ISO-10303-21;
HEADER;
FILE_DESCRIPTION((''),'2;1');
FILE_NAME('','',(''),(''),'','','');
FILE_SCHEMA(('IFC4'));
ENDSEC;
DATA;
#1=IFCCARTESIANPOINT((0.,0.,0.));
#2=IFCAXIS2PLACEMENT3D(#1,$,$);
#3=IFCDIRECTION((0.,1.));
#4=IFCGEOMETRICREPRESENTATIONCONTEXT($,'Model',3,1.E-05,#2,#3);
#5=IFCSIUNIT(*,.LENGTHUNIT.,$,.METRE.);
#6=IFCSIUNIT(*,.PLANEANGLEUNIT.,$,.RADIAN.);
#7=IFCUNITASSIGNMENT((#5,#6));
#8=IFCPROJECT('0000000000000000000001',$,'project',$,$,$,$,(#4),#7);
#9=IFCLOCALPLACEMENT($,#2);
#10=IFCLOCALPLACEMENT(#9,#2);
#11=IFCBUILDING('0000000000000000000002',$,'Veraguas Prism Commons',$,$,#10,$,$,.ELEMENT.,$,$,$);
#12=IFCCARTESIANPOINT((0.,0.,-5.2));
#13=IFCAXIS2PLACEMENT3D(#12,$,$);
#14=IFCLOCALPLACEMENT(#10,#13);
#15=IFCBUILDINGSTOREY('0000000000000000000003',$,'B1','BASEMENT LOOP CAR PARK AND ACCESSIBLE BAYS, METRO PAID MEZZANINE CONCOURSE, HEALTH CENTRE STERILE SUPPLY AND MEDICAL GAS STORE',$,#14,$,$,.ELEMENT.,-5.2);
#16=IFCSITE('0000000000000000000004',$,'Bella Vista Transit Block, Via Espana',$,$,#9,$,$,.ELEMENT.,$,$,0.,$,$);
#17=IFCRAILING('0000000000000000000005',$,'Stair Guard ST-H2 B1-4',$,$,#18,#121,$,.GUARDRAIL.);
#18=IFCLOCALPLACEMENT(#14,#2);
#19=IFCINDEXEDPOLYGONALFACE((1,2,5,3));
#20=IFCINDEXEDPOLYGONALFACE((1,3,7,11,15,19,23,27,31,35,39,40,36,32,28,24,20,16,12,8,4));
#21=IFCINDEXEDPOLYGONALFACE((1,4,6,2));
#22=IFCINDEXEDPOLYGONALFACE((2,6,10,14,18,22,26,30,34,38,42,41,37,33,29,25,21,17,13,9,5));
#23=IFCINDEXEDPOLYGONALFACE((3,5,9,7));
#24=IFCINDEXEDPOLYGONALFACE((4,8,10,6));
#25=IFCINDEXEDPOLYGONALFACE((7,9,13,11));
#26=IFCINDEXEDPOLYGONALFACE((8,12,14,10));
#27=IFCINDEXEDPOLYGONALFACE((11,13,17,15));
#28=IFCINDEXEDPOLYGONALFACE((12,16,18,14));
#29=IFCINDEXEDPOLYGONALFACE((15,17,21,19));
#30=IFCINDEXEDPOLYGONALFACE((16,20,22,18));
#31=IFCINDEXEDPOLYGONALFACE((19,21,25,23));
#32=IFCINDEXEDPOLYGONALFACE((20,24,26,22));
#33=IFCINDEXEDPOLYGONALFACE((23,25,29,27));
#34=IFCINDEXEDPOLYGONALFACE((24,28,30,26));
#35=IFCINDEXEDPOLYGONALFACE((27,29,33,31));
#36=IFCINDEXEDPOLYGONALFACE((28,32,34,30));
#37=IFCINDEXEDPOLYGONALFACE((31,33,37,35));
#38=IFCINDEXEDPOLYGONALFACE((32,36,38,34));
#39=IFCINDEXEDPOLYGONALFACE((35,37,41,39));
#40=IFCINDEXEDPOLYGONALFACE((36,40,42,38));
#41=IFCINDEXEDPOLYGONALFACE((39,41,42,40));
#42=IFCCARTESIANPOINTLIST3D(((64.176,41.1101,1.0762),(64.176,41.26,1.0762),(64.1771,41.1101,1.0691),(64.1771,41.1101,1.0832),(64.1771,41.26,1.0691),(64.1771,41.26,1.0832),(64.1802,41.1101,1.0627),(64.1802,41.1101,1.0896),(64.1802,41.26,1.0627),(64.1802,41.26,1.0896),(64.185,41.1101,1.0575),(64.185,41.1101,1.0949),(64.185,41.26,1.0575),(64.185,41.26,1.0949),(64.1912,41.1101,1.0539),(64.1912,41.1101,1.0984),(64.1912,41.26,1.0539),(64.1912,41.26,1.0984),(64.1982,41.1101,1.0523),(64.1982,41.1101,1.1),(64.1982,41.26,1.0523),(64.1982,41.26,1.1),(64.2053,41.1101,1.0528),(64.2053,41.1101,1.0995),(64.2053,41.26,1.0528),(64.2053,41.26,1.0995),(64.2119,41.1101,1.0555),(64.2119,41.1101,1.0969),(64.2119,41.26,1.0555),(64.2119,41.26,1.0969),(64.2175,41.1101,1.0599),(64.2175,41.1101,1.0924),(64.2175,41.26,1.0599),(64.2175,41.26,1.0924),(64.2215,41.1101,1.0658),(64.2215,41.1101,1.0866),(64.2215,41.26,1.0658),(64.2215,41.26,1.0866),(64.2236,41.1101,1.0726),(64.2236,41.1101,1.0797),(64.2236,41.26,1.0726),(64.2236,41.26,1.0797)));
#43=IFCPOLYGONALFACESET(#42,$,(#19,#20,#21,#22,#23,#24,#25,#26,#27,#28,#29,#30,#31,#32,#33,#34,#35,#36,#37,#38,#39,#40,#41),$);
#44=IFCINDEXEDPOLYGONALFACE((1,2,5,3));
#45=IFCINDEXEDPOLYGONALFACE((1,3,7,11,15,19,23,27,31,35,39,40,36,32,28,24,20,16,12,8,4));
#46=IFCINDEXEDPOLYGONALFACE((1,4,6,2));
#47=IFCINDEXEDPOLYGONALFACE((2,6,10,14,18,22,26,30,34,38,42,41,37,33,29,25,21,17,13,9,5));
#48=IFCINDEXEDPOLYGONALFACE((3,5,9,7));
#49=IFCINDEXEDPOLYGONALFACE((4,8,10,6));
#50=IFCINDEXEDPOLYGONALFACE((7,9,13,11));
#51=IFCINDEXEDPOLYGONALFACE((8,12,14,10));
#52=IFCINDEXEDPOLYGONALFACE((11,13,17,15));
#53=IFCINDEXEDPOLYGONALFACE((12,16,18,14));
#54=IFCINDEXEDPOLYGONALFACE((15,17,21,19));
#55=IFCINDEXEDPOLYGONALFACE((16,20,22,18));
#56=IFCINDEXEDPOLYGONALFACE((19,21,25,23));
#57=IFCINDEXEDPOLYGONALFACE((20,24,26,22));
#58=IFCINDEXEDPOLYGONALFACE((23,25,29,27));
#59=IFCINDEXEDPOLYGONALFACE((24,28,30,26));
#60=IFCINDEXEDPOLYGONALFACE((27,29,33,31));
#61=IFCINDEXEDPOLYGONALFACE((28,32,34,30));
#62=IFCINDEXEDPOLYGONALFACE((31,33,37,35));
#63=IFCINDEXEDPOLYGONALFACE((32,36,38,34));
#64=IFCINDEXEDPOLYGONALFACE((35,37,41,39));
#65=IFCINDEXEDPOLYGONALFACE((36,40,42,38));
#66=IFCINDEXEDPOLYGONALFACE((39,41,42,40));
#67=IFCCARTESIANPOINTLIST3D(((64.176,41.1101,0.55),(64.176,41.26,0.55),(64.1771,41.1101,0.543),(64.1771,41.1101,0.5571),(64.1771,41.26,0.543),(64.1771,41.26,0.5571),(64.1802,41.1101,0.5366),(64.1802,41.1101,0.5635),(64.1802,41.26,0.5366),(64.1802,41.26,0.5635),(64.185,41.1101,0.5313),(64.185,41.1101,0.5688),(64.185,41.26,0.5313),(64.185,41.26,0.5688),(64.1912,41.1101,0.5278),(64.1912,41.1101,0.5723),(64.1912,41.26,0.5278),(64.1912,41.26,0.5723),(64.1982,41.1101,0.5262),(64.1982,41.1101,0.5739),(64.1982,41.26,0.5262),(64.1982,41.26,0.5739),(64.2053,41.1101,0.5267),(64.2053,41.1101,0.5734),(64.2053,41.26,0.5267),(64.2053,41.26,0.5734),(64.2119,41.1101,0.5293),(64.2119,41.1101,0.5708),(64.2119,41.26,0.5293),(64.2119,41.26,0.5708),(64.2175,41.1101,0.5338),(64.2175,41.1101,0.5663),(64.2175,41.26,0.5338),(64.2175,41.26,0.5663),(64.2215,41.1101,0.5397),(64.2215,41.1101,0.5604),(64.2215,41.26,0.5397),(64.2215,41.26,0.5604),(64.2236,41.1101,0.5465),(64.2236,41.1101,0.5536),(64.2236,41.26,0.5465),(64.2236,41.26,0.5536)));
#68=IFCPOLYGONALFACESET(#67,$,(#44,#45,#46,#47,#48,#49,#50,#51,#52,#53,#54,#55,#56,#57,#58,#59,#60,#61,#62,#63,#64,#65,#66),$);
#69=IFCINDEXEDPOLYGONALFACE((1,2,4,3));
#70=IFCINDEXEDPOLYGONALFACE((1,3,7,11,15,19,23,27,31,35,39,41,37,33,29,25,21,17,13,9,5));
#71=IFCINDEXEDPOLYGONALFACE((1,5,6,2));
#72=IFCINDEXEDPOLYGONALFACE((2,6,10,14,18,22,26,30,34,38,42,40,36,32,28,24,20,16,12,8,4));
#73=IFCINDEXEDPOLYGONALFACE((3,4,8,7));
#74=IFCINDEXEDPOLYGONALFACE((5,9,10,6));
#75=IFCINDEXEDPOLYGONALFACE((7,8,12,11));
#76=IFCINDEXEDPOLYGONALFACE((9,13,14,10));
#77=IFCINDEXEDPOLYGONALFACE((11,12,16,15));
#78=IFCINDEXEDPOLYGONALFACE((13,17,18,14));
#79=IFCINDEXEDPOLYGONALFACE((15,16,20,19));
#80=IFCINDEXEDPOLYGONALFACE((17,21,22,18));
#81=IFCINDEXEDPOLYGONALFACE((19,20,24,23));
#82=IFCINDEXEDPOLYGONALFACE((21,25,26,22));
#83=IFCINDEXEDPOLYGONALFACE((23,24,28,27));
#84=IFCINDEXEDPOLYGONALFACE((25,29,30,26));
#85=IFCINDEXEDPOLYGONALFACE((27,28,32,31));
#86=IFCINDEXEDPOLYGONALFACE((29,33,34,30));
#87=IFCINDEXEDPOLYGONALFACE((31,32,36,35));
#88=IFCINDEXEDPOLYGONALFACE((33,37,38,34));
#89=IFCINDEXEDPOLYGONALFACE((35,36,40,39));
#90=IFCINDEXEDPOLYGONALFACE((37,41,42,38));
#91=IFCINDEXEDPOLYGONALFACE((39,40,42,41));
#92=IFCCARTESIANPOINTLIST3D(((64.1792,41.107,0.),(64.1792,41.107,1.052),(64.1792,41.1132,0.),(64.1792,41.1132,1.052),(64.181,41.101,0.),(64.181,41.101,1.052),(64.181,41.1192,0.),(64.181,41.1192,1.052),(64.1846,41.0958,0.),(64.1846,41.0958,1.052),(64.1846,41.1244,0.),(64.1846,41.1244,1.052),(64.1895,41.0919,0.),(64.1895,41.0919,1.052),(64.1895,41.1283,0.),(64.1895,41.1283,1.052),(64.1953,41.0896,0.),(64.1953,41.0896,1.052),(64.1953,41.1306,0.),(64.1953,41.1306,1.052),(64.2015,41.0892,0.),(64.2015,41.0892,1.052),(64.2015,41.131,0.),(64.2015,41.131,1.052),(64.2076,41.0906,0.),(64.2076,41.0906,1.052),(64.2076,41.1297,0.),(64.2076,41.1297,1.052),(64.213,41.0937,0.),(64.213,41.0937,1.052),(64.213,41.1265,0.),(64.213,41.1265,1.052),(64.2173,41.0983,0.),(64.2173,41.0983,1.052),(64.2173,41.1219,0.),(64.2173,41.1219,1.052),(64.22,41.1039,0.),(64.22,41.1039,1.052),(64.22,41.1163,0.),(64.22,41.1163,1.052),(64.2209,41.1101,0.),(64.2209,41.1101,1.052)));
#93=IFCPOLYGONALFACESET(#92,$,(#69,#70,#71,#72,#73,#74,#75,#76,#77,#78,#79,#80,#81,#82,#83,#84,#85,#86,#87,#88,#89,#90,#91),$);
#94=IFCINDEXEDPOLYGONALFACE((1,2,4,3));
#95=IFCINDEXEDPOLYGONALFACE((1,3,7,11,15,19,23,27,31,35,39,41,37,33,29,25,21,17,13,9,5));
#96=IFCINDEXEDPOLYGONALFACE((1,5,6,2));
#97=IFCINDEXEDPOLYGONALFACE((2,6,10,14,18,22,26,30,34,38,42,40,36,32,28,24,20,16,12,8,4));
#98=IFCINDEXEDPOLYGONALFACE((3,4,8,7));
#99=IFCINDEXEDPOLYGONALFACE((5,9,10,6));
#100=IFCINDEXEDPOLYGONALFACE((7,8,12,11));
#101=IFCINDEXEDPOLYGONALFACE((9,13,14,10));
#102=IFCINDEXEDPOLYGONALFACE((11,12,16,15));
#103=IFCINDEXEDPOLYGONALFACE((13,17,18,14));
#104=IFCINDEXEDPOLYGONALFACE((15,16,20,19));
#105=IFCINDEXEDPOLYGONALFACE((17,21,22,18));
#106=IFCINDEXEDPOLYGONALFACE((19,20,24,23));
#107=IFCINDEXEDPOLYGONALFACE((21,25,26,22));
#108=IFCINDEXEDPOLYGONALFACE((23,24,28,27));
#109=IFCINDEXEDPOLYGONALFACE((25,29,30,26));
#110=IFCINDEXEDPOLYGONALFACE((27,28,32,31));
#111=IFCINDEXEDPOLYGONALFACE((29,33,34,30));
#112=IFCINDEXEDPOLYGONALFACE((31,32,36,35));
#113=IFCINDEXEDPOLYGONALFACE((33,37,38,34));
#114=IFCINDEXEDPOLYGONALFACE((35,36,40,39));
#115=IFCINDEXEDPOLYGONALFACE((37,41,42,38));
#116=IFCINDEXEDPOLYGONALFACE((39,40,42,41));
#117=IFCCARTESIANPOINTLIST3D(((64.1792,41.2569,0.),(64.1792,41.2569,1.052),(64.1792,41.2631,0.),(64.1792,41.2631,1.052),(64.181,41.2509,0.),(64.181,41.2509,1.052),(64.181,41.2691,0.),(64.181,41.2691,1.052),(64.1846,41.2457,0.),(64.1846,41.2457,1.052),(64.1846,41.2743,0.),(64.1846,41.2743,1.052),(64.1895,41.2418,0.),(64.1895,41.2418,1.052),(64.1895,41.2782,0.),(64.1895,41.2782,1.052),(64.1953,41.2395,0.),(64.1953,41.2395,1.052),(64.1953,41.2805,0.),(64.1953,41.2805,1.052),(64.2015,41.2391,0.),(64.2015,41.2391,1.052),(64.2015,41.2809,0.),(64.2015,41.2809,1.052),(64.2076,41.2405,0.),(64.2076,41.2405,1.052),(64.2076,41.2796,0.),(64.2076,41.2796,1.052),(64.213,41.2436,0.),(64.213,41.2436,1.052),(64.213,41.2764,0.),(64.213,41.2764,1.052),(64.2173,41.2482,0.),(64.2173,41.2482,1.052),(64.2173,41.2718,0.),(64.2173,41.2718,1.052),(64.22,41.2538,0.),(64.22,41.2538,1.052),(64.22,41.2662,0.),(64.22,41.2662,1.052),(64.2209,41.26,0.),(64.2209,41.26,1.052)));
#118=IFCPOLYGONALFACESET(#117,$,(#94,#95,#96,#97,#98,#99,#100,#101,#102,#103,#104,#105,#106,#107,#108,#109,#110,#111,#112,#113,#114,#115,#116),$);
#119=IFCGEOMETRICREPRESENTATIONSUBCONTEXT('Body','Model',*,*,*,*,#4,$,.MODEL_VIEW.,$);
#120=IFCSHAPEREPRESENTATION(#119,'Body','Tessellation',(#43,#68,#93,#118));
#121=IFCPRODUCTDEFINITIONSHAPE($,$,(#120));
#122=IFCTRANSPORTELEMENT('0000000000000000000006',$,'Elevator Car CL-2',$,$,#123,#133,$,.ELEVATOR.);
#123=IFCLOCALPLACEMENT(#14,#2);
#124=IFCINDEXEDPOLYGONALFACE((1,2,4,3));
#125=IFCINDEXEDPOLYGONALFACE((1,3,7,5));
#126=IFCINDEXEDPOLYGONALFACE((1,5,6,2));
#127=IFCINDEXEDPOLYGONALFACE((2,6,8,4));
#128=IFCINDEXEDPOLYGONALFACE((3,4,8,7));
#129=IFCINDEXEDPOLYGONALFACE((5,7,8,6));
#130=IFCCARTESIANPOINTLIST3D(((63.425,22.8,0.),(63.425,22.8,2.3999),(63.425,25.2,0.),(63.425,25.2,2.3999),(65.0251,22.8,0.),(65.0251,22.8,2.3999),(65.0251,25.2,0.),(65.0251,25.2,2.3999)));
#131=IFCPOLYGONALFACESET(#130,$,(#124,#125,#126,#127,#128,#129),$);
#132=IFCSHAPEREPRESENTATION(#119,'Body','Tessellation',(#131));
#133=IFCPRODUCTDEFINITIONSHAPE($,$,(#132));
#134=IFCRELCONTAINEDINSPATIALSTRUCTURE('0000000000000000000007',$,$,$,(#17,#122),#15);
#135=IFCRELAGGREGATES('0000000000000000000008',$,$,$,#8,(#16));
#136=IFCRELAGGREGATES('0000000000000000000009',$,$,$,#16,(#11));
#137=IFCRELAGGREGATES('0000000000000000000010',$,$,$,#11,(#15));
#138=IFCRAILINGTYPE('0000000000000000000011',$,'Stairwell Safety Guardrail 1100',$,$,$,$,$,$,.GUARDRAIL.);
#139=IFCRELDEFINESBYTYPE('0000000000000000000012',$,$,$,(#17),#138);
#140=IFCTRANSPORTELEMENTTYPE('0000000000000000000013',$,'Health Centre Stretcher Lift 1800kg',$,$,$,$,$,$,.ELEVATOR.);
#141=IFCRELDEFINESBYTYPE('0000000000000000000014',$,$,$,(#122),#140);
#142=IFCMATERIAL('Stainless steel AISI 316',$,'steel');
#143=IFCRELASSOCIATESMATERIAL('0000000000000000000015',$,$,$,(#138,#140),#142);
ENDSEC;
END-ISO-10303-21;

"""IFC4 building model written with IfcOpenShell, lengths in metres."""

from ifc_helpers import new_model, si_unit, direction, frame, origin, origin_2d, place, context, subcontext, project, spatial, rectangle, circle, extrude, source, transform, mapped, material, type_object, element, save


model = new_model("IFC4")

# Units and contexts
model_context = context("Model", 3, precision=1e-05, world=origin(), true_north=direction((0.0, 1.0)))
body_context = subcontext(model_context, "Body", "Model", "MODEL_VIEW")
ifc_project = project(units=[si_unit("LENGTHUNIT", "METRE"), si_unit("PLANEANGLEUNIT", "RADIAN")], contexts=[model_context])

# Site, building, storey
site_placement = place(None, origin())
site = spatial("IfcSite", under=ifc_project, at=site_placement, Name="Bella Vista Transit Block, Via Espana", CompositionType="ELEMENT", RefElevation=0.0)
building_placement = place(site_placement, origin())
building = spatial("IfcBuilding", under=site, at=building_placement, Name="Veraguas Prism Commons", CompositionType="ELEMENT")
storey_placement = place(building_placement, frame((0.0, 0.0, -5.2)))
storey = spatial("IfcBuildingStorey", under=building, at=storey_placement, Name="B1", Description="BASEMENT LOOP CAR PARK AND ACCESSIBLE BAYS, METRO PAID MEZZANINE CONCOURSE, HEALTH CENTRE STERILE SUPPLY AND MEDICAL GAS STORE", CompositionType="ELEMENT", Elevation=-5.2)

# Railing
ifc_material_1 = material(Name="Stainless steel AISI 316", Category="steel")
railing_type_1 = type_object("IfcRailingType", Name="Stairwell Safety Guardrail 1100", PredefinedType="GUARDRAIL", material=ifc_material_1)
railing_1_placement = place(storey_placement, frame((64.2, 41.1101, 0.0)))
element("IfcRailing", 1, at=railing_1_placement, inside=storey, type_object=railing_type_1, Name="Stair Guard ST-H2 B1-4", PredefinedType="GUARDRAIL", context=body_context, shape_type="SweptSolid", body=[
    extrude(circle(Radius=0.0239, at=origin_2d()), frame((0.0, 0.0, 1.0762), z_axis=(0.0, 1.0, 0.0), x_axis=(-1.0, 0.0, 0.0)), (0.0, 0.0, 1.0), 0.1499),
    extrude(circle(Radius=0.0239, at=origin_2d()), frame((0.0, 0.0, 0.55), z_axis=(0.0, 1.0, 0.0), x_axis=(-1.0, 0.0, 0.0)), (0.0, 0.0, 1.0), 0.1499),
    extrude(circle(Radius=0.021, at=origin_2d()), origin(), (0.0, 0.0, 1.0), 1.052),
    extrude(circle(Radius=0.021, at=origin_2d()), frame((0.0, 0.1499, 0.0)), (0.0, 0.0, 1.0), 1.052),
])

# Transport element
transport_element_type = type_object("IfcTransportElementType", Name="Health Centre Stretcher Lift 1800kg", PredefinedType="ELEVATOR", material=ifc_material_1)
shared_shape_1 = source(origin(), body_context, "Body", "SweptSolid", [
    extrude(rectangle(XDim=1.6001, YDim=2.3999, at=origin_2d()), origin(), (0.0, 0.0, 1.0), 2.3999),
])
transport_element_placement = place(storey_placement, frame((64.2251, 24.0, 0.0), z_axis=(0.0, 0.0, 1.0), x_axis=(1.0, 0.0, 0.0)))
element("IfcTransportElement", 2, at=transport_element_placement, inside=storey, type_object=transport_element_type, Name="Elevator Car CL-2", PredefinedType="ELEVATOR", context=body_context, shape_type="MappedRepresentation", body=[
    mapped(shared_shape_1, transform((0.0, 0.0, 0.0), scale=1.0)),
])

save(model, "model.ifc")
